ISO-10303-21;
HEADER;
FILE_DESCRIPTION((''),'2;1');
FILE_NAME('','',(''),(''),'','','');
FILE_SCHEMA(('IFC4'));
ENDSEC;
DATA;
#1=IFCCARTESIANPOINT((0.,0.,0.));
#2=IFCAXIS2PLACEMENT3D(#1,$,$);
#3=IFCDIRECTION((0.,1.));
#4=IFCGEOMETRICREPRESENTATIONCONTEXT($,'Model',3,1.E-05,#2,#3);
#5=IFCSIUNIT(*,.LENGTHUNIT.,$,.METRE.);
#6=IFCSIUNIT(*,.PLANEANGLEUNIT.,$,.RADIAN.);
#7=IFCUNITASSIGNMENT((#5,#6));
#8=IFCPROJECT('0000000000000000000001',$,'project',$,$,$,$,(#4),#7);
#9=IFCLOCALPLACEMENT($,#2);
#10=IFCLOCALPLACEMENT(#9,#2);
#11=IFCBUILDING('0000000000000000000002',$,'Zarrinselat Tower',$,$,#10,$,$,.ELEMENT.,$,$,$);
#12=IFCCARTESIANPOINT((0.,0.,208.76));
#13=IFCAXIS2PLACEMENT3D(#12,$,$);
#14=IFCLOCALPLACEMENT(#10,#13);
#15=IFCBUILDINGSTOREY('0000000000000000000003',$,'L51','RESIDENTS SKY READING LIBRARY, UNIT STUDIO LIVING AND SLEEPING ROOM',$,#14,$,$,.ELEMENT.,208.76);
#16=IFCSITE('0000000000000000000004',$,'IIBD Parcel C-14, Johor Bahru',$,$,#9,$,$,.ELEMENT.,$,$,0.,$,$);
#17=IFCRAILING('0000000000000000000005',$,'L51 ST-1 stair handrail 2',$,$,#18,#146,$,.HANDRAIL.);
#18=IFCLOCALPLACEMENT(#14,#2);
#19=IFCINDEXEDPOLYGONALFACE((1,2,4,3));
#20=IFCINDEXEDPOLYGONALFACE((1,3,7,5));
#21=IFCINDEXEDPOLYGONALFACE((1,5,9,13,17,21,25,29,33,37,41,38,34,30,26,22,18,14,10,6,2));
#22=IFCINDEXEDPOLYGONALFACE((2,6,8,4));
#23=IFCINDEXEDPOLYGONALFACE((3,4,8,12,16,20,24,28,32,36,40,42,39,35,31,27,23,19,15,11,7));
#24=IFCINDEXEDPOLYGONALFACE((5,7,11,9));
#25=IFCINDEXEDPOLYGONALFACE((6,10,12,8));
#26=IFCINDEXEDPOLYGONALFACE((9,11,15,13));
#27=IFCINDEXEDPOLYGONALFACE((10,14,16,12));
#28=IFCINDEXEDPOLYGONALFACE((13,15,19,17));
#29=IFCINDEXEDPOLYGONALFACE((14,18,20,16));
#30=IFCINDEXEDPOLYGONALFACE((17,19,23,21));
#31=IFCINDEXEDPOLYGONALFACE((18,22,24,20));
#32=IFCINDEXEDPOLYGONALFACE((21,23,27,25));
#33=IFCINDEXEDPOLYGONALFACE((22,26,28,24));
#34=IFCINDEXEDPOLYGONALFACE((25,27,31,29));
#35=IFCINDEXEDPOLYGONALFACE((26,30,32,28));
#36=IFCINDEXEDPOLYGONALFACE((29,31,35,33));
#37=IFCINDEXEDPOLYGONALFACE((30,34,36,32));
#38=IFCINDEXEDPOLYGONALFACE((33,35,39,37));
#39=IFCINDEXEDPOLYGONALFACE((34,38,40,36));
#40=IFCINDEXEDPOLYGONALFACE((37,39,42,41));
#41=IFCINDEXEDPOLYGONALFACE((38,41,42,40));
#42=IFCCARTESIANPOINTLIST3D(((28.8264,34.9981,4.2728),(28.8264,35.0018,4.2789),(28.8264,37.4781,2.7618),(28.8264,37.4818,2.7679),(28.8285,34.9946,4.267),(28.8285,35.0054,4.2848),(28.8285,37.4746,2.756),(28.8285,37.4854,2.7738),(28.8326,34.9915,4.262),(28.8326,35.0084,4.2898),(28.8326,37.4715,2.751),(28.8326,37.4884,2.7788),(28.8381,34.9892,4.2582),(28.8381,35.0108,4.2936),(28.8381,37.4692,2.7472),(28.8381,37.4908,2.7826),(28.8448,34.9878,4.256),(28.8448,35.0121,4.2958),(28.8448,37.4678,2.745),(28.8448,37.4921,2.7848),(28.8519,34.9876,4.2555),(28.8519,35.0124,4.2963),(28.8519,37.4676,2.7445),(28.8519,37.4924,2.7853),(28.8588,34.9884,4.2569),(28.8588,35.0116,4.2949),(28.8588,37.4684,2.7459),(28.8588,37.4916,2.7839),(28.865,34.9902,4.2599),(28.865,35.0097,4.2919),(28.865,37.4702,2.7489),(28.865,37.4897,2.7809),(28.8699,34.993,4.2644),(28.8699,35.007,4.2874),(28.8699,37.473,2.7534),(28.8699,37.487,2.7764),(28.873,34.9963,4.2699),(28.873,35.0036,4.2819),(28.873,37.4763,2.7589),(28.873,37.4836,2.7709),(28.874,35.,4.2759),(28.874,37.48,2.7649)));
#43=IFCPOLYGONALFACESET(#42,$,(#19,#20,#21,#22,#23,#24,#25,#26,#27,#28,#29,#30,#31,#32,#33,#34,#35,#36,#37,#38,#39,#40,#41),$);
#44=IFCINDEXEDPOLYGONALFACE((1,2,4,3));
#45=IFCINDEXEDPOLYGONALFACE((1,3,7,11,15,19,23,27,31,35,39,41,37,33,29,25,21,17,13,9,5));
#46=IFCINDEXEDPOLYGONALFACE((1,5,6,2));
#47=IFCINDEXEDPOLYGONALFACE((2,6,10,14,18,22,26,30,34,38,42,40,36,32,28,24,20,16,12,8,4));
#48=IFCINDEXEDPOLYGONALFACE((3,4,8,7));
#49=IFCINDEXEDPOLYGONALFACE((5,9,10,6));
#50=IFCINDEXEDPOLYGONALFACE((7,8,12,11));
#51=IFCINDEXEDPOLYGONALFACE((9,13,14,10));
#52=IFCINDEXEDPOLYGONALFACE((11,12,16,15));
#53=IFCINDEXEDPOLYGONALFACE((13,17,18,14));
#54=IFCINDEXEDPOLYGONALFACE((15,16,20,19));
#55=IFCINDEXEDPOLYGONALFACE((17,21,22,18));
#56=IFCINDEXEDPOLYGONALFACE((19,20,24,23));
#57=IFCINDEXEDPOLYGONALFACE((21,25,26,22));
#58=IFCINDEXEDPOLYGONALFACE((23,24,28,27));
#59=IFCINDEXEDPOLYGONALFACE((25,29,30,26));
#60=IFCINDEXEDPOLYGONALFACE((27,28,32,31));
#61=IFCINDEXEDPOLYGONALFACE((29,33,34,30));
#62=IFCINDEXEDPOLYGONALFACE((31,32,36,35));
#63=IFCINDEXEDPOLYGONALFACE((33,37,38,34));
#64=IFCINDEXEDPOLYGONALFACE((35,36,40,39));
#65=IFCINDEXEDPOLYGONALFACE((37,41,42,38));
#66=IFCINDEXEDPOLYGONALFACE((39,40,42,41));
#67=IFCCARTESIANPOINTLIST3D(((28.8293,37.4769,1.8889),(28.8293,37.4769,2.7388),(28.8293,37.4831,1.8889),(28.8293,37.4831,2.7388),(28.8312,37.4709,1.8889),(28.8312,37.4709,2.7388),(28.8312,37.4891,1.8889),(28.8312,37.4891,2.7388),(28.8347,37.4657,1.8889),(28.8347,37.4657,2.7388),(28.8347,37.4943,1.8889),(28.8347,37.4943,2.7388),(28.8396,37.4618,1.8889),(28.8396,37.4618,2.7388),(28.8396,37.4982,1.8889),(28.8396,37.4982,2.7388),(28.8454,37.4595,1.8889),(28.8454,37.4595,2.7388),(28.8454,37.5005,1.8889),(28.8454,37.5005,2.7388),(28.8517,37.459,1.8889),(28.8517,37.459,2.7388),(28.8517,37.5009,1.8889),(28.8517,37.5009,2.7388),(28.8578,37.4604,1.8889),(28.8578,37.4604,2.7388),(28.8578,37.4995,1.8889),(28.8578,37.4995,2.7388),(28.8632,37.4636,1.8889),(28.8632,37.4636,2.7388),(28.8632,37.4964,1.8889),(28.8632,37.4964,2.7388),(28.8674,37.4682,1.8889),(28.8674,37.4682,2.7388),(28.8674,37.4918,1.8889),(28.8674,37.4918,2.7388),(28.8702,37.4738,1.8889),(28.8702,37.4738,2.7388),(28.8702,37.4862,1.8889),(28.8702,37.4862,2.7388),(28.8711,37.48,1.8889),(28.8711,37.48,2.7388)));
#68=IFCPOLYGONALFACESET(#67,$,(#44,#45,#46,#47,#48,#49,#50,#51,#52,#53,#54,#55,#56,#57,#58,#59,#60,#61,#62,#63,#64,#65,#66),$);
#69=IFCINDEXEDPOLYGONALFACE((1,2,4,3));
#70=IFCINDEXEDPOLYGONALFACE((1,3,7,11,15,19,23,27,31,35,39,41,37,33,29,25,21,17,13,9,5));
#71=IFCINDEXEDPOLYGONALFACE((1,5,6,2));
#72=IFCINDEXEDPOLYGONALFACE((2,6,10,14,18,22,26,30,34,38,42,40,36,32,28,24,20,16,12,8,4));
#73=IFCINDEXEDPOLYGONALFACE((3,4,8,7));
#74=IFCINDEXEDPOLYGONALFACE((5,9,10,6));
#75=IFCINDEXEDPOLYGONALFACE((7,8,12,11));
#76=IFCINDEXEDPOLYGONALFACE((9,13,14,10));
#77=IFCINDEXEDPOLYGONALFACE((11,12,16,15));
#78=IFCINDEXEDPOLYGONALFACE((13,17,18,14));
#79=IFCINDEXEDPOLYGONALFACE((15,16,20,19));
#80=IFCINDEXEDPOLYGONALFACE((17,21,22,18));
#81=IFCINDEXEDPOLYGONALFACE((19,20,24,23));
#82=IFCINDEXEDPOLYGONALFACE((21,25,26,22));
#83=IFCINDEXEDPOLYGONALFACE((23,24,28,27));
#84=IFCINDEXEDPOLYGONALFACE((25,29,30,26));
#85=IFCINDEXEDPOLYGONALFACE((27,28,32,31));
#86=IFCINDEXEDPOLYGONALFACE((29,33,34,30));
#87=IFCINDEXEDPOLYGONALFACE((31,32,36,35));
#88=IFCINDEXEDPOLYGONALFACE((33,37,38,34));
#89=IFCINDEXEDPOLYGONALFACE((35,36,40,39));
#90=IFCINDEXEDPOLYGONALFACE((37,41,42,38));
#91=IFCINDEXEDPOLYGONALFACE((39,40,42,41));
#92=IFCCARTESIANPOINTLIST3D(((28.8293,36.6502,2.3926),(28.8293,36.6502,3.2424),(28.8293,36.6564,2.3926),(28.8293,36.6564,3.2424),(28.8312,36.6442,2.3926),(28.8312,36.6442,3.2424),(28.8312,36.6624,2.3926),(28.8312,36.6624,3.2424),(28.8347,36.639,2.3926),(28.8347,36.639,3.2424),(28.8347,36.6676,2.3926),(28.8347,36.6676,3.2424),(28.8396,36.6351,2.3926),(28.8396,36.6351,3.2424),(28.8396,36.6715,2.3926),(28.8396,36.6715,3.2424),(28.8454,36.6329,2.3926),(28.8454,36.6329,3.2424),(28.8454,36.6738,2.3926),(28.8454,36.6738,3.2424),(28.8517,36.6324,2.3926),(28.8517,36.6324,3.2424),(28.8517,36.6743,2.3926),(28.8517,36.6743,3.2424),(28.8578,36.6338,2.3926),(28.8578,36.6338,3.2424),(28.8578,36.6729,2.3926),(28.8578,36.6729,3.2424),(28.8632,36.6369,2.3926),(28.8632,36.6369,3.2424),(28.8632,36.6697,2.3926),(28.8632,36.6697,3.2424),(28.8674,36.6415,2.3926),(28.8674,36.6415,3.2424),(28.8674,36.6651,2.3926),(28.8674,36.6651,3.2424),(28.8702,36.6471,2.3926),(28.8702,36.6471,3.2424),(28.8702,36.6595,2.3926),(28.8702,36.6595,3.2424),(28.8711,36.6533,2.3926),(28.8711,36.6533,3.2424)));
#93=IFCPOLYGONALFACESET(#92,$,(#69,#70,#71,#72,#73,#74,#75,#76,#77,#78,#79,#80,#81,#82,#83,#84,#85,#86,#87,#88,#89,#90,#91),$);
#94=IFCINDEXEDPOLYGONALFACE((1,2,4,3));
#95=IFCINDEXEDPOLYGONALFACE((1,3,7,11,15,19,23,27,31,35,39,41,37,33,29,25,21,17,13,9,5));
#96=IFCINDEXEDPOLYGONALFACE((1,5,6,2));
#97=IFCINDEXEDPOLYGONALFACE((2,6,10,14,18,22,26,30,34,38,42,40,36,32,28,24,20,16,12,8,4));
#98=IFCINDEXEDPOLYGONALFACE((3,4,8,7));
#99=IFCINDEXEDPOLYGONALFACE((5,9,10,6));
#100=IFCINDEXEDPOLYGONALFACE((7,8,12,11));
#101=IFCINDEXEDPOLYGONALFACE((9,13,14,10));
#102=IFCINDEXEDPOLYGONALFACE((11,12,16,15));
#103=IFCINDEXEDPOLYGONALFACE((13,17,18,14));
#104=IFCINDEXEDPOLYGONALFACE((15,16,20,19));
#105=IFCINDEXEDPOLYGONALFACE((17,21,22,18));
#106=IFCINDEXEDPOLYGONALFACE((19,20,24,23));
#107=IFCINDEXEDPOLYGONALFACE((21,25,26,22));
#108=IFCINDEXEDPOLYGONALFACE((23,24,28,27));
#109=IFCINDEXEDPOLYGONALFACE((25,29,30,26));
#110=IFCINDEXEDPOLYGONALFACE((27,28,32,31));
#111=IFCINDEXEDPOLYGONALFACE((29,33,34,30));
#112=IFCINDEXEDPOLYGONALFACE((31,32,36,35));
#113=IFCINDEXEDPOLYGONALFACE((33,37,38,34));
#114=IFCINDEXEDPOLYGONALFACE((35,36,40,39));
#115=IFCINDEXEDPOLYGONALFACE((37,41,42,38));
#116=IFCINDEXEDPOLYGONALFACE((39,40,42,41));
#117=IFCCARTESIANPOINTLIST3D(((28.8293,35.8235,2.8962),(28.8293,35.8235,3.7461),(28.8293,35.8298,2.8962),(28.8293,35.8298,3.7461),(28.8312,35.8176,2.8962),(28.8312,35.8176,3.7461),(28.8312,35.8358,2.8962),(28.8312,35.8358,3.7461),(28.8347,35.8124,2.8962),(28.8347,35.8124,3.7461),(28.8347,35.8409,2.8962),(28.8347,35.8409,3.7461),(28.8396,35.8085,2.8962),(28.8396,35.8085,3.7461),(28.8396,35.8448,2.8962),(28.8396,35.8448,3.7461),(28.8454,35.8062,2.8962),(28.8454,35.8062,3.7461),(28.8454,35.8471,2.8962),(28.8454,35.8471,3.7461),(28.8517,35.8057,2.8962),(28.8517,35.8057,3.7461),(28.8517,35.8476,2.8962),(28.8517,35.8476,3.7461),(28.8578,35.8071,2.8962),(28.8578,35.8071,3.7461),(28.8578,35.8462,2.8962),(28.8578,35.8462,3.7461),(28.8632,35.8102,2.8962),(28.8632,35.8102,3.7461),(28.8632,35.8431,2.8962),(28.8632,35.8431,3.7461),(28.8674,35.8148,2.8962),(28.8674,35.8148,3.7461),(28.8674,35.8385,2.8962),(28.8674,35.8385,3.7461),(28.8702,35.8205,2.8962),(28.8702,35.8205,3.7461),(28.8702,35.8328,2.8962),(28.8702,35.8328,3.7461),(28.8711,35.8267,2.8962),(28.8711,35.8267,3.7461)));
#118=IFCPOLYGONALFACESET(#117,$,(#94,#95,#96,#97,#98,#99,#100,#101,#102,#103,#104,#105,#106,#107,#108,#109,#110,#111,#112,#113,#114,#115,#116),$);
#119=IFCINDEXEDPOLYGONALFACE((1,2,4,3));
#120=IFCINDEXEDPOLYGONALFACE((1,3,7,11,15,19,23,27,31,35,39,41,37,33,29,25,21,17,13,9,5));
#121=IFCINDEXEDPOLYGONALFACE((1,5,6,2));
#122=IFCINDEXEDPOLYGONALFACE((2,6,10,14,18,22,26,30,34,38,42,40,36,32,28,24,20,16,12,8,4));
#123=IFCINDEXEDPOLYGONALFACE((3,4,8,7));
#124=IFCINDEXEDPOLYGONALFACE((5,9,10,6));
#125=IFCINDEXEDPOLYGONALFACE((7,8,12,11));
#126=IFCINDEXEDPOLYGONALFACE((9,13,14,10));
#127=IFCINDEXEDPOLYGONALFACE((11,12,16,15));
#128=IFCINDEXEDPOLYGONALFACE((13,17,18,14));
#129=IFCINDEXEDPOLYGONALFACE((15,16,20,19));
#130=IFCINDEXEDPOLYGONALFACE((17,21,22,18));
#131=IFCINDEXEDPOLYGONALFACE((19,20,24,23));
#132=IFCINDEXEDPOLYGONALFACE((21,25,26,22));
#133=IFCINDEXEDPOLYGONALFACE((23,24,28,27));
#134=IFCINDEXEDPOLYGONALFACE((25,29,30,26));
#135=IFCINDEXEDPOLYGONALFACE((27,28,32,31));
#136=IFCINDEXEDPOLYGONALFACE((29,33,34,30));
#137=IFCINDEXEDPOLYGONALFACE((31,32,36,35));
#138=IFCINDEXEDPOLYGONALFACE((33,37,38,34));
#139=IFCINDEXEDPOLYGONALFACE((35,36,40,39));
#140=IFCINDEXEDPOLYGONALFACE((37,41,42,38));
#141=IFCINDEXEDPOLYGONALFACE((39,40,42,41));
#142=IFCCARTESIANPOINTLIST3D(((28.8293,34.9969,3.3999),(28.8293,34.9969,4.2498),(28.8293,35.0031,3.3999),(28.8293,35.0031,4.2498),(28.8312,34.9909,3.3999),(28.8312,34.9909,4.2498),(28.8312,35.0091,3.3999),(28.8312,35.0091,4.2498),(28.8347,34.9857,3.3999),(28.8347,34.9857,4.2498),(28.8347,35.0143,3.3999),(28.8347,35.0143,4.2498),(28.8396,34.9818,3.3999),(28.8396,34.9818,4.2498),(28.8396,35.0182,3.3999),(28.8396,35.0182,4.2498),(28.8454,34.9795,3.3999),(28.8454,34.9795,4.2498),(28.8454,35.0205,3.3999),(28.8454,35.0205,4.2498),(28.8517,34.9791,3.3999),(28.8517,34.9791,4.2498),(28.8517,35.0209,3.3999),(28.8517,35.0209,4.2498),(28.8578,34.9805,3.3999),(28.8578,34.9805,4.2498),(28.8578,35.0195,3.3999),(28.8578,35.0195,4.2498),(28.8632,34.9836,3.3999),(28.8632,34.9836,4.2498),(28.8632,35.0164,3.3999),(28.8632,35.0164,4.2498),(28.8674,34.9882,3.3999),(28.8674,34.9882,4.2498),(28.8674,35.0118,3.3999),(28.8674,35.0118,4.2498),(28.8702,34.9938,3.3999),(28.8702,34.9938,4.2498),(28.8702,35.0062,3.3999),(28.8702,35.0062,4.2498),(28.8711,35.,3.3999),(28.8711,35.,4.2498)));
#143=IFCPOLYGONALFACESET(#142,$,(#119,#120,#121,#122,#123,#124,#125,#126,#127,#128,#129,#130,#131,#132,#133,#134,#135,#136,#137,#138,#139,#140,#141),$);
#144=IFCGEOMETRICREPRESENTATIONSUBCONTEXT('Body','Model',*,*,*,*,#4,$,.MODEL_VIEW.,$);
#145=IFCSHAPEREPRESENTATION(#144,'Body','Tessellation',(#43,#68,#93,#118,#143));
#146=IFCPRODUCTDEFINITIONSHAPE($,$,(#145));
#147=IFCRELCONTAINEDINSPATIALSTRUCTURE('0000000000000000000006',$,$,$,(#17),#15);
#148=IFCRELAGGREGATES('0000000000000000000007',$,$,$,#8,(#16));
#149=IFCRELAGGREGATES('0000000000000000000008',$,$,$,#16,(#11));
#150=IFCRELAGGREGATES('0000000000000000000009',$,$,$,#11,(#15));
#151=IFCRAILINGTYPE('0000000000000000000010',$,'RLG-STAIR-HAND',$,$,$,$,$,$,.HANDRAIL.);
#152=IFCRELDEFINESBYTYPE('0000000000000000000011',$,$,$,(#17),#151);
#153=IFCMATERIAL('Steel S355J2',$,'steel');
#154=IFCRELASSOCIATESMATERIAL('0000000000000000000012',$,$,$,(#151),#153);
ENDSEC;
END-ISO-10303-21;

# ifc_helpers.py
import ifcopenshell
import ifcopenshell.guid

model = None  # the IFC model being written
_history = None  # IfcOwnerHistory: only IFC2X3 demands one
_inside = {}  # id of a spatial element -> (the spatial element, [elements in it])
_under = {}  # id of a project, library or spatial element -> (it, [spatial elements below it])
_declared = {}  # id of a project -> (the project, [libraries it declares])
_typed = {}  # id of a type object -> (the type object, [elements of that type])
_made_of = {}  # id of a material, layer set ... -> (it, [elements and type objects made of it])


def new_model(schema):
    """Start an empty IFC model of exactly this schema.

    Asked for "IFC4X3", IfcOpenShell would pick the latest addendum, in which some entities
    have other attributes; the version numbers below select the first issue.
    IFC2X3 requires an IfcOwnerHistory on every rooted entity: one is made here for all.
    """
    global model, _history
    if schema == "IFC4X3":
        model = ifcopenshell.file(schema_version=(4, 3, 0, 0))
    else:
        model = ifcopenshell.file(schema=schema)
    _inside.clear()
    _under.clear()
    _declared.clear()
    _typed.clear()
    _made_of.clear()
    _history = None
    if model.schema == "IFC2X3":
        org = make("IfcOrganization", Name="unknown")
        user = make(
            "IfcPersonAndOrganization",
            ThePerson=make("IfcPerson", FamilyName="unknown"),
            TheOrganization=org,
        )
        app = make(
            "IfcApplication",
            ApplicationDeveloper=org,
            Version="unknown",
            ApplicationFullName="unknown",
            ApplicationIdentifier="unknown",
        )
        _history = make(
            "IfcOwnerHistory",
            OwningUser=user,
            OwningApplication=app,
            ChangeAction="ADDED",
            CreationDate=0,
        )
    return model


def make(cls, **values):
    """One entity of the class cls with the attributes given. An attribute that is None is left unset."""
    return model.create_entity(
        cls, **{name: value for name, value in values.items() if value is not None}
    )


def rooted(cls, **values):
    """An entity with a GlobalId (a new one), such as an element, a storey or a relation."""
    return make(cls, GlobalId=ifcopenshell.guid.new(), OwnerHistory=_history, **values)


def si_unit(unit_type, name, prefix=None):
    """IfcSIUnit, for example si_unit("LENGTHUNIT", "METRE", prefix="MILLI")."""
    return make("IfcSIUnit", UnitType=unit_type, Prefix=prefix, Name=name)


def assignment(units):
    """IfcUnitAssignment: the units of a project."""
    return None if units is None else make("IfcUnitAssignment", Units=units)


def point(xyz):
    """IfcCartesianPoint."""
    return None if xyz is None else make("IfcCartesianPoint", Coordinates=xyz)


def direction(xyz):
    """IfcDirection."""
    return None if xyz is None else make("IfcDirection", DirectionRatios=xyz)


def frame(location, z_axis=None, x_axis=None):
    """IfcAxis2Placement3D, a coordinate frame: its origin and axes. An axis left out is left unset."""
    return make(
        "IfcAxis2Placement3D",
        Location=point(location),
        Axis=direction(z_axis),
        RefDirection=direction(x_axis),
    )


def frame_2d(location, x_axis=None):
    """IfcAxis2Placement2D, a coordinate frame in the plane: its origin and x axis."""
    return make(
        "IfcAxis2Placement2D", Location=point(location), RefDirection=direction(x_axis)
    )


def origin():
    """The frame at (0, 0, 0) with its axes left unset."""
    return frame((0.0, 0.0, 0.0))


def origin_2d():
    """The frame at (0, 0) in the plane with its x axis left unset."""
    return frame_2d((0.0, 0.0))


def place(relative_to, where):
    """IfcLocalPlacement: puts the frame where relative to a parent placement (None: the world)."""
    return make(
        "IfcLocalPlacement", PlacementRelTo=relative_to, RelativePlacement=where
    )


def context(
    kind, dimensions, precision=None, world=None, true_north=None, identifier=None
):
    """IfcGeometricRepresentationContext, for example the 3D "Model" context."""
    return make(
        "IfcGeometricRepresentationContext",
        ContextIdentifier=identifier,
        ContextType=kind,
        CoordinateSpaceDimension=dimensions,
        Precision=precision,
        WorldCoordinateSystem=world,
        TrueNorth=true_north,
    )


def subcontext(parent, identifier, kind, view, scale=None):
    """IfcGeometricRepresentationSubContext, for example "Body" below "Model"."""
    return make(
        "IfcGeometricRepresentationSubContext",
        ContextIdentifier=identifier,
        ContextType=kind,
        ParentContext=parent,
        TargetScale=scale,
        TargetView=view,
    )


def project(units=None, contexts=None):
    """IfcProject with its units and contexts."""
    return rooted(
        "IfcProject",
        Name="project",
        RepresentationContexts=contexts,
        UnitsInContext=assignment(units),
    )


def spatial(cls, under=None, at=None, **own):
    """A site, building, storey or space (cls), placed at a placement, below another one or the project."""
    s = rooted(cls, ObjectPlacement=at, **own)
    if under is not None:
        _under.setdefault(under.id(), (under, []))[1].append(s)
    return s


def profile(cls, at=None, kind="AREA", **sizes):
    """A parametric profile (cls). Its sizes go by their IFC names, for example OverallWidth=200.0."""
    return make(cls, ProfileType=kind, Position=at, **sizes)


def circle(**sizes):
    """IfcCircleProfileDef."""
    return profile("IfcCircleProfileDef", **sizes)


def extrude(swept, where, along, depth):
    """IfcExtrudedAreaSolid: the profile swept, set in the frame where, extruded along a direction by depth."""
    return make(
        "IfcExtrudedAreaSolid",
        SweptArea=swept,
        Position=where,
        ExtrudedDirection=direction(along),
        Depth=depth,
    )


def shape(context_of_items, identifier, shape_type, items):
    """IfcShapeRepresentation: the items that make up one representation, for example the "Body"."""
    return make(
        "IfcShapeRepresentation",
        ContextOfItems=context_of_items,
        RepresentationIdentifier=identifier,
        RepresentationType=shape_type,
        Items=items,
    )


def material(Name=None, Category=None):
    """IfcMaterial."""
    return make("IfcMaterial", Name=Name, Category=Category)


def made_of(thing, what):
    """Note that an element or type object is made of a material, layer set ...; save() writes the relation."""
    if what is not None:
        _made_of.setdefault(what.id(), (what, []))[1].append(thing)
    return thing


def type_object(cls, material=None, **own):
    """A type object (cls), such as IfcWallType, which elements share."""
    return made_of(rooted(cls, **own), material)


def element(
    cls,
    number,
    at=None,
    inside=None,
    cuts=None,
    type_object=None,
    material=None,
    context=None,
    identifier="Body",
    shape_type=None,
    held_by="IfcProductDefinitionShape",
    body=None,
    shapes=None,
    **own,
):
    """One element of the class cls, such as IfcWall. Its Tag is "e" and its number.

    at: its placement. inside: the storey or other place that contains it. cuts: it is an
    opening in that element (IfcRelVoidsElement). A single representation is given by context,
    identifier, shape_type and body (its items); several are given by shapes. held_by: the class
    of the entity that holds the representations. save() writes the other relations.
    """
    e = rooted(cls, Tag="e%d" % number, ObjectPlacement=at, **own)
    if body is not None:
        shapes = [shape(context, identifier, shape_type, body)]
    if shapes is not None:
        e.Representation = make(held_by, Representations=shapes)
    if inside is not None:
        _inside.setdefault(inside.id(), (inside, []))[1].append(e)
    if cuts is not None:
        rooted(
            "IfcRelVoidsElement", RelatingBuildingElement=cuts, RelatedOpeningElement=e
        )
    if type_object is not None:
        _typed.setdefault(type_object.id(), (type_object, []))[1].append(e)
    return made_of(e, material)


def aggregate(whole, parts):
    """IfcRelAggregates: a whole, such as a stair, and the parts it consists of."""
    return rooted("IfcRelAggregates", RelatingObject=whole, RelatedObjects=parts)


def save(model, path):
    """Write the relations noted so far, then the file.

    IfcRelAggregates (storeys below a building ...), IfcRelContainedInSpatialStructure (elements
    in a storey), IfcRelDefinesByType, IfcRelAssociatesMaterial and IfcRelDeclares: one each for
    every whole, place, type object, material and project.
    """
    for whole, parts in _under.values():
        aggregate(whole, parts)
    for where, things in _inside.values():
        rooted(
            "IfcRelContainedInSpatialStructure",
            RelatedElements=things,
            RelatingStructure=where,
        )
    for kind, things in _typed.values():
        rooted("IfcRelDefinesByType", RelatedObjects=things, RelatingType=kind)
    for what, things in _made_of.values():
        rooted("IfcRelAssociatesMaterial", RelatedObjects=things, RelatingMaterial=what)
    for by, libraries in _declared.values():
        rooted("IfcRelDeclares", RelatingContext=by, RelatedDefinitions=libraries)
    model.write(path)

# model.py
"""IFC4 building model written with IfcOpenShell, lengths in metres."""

from ifc_helpers import new_model, si_unit, direction, frame, origin, origin_2d, place, context, subcontext, project, spatial, circle, extrude, material, type_object, element, save


model = new_model("IFC4")

# Units and contexts
model_context = context("Model", 3, precision=1e-05, world=origin(), true_north=direction((0.0, 1.0)))
body_context = subcontext(model_context, "Body", "Model", "MODEL_VIEW")
ifc_project = project(units=[si_unit("LENGTHUNIT", "METRE"), si_unit("PLANEANGLEUNIT", "RADIAN")], contexts=[model_context])

# Site, building, storey
site_placement = place(None, origin())
site = spatial("IfcSite", under=ifc_project, at=site_placement, Name="IIBD Parcel C-14, Johor Bahru", CompositionType="ELEMENT", RefElevation=0.0)
building_placement = place(site_placement, origin())
building = spatial("IfcBuilding", under=site, at=building_placement, Name="Zarrinselat Tower", CompositionType="ELEMENT")
storey_placement = place(building_placement, frame((0.0, 0.0, 208.76)))
storey = spatial("IfcBuildingStorey", under=building, at=storey_placement, Name="L51", Description="RESIDENTS SKY READING LIBRARY, UNIT STUDIO LIVING AND SLEEPING ROOM", CompositionType="ELEMENT", Elevation=208.76)

# Railing
ifc_material_1 = material(Name="Steel S355J2", Category="steel")
railing_type_1 = type_object("IfcRailingType", Name="RLG-STAIR-HAND", PredefinedType="HANDRAIL", material=ifc_material_1)
railing_1_placement = place(storey_placement, frame((28.8501, 37.48, 1.8889)))
element("IfcRailing", 1, at=railing_1_placement, inside=storey, type_object=railing_type_1, Name="L51 ST-1 stair handrail 2", PredefinedType="HANDRAIL", context=body_context, shape_type="SweptSolid", body=[
    extrude(circle(Radius=0.0239, at=origin_2d()), frame((0.0, 0.0, 0.876), z_axis=(0.0, -0.853979, 0.520307), x_axis=(1.0, 0.0, 0.0)), (0.0, 0.0, 1.0), 2.9041),
    extrude(circle(Radius=0.021, at=origin_2d()), origin(), (0.0, 0.0, 1.0), 0.8499),
    extrude(circle(Radius=0.021, at=origin_2d()), frame((0.0, -0.8267, 0.5037)), (0.0, 0.0, 1.0), 0.8499),
    extrude(circle(Radius=0.021, at=origin_2d()), frame((0.0, -1.6533, 1.0073)), (0.0, 0.0, 1.0), 0.8499),
    extrude(circle(Radius=0.021, at=origin_2d()), frame((0.0, -2.48, 1.511)), (0.0, 0.0, 1.0), 0.8499),
])

save(model, "model.ifc")
